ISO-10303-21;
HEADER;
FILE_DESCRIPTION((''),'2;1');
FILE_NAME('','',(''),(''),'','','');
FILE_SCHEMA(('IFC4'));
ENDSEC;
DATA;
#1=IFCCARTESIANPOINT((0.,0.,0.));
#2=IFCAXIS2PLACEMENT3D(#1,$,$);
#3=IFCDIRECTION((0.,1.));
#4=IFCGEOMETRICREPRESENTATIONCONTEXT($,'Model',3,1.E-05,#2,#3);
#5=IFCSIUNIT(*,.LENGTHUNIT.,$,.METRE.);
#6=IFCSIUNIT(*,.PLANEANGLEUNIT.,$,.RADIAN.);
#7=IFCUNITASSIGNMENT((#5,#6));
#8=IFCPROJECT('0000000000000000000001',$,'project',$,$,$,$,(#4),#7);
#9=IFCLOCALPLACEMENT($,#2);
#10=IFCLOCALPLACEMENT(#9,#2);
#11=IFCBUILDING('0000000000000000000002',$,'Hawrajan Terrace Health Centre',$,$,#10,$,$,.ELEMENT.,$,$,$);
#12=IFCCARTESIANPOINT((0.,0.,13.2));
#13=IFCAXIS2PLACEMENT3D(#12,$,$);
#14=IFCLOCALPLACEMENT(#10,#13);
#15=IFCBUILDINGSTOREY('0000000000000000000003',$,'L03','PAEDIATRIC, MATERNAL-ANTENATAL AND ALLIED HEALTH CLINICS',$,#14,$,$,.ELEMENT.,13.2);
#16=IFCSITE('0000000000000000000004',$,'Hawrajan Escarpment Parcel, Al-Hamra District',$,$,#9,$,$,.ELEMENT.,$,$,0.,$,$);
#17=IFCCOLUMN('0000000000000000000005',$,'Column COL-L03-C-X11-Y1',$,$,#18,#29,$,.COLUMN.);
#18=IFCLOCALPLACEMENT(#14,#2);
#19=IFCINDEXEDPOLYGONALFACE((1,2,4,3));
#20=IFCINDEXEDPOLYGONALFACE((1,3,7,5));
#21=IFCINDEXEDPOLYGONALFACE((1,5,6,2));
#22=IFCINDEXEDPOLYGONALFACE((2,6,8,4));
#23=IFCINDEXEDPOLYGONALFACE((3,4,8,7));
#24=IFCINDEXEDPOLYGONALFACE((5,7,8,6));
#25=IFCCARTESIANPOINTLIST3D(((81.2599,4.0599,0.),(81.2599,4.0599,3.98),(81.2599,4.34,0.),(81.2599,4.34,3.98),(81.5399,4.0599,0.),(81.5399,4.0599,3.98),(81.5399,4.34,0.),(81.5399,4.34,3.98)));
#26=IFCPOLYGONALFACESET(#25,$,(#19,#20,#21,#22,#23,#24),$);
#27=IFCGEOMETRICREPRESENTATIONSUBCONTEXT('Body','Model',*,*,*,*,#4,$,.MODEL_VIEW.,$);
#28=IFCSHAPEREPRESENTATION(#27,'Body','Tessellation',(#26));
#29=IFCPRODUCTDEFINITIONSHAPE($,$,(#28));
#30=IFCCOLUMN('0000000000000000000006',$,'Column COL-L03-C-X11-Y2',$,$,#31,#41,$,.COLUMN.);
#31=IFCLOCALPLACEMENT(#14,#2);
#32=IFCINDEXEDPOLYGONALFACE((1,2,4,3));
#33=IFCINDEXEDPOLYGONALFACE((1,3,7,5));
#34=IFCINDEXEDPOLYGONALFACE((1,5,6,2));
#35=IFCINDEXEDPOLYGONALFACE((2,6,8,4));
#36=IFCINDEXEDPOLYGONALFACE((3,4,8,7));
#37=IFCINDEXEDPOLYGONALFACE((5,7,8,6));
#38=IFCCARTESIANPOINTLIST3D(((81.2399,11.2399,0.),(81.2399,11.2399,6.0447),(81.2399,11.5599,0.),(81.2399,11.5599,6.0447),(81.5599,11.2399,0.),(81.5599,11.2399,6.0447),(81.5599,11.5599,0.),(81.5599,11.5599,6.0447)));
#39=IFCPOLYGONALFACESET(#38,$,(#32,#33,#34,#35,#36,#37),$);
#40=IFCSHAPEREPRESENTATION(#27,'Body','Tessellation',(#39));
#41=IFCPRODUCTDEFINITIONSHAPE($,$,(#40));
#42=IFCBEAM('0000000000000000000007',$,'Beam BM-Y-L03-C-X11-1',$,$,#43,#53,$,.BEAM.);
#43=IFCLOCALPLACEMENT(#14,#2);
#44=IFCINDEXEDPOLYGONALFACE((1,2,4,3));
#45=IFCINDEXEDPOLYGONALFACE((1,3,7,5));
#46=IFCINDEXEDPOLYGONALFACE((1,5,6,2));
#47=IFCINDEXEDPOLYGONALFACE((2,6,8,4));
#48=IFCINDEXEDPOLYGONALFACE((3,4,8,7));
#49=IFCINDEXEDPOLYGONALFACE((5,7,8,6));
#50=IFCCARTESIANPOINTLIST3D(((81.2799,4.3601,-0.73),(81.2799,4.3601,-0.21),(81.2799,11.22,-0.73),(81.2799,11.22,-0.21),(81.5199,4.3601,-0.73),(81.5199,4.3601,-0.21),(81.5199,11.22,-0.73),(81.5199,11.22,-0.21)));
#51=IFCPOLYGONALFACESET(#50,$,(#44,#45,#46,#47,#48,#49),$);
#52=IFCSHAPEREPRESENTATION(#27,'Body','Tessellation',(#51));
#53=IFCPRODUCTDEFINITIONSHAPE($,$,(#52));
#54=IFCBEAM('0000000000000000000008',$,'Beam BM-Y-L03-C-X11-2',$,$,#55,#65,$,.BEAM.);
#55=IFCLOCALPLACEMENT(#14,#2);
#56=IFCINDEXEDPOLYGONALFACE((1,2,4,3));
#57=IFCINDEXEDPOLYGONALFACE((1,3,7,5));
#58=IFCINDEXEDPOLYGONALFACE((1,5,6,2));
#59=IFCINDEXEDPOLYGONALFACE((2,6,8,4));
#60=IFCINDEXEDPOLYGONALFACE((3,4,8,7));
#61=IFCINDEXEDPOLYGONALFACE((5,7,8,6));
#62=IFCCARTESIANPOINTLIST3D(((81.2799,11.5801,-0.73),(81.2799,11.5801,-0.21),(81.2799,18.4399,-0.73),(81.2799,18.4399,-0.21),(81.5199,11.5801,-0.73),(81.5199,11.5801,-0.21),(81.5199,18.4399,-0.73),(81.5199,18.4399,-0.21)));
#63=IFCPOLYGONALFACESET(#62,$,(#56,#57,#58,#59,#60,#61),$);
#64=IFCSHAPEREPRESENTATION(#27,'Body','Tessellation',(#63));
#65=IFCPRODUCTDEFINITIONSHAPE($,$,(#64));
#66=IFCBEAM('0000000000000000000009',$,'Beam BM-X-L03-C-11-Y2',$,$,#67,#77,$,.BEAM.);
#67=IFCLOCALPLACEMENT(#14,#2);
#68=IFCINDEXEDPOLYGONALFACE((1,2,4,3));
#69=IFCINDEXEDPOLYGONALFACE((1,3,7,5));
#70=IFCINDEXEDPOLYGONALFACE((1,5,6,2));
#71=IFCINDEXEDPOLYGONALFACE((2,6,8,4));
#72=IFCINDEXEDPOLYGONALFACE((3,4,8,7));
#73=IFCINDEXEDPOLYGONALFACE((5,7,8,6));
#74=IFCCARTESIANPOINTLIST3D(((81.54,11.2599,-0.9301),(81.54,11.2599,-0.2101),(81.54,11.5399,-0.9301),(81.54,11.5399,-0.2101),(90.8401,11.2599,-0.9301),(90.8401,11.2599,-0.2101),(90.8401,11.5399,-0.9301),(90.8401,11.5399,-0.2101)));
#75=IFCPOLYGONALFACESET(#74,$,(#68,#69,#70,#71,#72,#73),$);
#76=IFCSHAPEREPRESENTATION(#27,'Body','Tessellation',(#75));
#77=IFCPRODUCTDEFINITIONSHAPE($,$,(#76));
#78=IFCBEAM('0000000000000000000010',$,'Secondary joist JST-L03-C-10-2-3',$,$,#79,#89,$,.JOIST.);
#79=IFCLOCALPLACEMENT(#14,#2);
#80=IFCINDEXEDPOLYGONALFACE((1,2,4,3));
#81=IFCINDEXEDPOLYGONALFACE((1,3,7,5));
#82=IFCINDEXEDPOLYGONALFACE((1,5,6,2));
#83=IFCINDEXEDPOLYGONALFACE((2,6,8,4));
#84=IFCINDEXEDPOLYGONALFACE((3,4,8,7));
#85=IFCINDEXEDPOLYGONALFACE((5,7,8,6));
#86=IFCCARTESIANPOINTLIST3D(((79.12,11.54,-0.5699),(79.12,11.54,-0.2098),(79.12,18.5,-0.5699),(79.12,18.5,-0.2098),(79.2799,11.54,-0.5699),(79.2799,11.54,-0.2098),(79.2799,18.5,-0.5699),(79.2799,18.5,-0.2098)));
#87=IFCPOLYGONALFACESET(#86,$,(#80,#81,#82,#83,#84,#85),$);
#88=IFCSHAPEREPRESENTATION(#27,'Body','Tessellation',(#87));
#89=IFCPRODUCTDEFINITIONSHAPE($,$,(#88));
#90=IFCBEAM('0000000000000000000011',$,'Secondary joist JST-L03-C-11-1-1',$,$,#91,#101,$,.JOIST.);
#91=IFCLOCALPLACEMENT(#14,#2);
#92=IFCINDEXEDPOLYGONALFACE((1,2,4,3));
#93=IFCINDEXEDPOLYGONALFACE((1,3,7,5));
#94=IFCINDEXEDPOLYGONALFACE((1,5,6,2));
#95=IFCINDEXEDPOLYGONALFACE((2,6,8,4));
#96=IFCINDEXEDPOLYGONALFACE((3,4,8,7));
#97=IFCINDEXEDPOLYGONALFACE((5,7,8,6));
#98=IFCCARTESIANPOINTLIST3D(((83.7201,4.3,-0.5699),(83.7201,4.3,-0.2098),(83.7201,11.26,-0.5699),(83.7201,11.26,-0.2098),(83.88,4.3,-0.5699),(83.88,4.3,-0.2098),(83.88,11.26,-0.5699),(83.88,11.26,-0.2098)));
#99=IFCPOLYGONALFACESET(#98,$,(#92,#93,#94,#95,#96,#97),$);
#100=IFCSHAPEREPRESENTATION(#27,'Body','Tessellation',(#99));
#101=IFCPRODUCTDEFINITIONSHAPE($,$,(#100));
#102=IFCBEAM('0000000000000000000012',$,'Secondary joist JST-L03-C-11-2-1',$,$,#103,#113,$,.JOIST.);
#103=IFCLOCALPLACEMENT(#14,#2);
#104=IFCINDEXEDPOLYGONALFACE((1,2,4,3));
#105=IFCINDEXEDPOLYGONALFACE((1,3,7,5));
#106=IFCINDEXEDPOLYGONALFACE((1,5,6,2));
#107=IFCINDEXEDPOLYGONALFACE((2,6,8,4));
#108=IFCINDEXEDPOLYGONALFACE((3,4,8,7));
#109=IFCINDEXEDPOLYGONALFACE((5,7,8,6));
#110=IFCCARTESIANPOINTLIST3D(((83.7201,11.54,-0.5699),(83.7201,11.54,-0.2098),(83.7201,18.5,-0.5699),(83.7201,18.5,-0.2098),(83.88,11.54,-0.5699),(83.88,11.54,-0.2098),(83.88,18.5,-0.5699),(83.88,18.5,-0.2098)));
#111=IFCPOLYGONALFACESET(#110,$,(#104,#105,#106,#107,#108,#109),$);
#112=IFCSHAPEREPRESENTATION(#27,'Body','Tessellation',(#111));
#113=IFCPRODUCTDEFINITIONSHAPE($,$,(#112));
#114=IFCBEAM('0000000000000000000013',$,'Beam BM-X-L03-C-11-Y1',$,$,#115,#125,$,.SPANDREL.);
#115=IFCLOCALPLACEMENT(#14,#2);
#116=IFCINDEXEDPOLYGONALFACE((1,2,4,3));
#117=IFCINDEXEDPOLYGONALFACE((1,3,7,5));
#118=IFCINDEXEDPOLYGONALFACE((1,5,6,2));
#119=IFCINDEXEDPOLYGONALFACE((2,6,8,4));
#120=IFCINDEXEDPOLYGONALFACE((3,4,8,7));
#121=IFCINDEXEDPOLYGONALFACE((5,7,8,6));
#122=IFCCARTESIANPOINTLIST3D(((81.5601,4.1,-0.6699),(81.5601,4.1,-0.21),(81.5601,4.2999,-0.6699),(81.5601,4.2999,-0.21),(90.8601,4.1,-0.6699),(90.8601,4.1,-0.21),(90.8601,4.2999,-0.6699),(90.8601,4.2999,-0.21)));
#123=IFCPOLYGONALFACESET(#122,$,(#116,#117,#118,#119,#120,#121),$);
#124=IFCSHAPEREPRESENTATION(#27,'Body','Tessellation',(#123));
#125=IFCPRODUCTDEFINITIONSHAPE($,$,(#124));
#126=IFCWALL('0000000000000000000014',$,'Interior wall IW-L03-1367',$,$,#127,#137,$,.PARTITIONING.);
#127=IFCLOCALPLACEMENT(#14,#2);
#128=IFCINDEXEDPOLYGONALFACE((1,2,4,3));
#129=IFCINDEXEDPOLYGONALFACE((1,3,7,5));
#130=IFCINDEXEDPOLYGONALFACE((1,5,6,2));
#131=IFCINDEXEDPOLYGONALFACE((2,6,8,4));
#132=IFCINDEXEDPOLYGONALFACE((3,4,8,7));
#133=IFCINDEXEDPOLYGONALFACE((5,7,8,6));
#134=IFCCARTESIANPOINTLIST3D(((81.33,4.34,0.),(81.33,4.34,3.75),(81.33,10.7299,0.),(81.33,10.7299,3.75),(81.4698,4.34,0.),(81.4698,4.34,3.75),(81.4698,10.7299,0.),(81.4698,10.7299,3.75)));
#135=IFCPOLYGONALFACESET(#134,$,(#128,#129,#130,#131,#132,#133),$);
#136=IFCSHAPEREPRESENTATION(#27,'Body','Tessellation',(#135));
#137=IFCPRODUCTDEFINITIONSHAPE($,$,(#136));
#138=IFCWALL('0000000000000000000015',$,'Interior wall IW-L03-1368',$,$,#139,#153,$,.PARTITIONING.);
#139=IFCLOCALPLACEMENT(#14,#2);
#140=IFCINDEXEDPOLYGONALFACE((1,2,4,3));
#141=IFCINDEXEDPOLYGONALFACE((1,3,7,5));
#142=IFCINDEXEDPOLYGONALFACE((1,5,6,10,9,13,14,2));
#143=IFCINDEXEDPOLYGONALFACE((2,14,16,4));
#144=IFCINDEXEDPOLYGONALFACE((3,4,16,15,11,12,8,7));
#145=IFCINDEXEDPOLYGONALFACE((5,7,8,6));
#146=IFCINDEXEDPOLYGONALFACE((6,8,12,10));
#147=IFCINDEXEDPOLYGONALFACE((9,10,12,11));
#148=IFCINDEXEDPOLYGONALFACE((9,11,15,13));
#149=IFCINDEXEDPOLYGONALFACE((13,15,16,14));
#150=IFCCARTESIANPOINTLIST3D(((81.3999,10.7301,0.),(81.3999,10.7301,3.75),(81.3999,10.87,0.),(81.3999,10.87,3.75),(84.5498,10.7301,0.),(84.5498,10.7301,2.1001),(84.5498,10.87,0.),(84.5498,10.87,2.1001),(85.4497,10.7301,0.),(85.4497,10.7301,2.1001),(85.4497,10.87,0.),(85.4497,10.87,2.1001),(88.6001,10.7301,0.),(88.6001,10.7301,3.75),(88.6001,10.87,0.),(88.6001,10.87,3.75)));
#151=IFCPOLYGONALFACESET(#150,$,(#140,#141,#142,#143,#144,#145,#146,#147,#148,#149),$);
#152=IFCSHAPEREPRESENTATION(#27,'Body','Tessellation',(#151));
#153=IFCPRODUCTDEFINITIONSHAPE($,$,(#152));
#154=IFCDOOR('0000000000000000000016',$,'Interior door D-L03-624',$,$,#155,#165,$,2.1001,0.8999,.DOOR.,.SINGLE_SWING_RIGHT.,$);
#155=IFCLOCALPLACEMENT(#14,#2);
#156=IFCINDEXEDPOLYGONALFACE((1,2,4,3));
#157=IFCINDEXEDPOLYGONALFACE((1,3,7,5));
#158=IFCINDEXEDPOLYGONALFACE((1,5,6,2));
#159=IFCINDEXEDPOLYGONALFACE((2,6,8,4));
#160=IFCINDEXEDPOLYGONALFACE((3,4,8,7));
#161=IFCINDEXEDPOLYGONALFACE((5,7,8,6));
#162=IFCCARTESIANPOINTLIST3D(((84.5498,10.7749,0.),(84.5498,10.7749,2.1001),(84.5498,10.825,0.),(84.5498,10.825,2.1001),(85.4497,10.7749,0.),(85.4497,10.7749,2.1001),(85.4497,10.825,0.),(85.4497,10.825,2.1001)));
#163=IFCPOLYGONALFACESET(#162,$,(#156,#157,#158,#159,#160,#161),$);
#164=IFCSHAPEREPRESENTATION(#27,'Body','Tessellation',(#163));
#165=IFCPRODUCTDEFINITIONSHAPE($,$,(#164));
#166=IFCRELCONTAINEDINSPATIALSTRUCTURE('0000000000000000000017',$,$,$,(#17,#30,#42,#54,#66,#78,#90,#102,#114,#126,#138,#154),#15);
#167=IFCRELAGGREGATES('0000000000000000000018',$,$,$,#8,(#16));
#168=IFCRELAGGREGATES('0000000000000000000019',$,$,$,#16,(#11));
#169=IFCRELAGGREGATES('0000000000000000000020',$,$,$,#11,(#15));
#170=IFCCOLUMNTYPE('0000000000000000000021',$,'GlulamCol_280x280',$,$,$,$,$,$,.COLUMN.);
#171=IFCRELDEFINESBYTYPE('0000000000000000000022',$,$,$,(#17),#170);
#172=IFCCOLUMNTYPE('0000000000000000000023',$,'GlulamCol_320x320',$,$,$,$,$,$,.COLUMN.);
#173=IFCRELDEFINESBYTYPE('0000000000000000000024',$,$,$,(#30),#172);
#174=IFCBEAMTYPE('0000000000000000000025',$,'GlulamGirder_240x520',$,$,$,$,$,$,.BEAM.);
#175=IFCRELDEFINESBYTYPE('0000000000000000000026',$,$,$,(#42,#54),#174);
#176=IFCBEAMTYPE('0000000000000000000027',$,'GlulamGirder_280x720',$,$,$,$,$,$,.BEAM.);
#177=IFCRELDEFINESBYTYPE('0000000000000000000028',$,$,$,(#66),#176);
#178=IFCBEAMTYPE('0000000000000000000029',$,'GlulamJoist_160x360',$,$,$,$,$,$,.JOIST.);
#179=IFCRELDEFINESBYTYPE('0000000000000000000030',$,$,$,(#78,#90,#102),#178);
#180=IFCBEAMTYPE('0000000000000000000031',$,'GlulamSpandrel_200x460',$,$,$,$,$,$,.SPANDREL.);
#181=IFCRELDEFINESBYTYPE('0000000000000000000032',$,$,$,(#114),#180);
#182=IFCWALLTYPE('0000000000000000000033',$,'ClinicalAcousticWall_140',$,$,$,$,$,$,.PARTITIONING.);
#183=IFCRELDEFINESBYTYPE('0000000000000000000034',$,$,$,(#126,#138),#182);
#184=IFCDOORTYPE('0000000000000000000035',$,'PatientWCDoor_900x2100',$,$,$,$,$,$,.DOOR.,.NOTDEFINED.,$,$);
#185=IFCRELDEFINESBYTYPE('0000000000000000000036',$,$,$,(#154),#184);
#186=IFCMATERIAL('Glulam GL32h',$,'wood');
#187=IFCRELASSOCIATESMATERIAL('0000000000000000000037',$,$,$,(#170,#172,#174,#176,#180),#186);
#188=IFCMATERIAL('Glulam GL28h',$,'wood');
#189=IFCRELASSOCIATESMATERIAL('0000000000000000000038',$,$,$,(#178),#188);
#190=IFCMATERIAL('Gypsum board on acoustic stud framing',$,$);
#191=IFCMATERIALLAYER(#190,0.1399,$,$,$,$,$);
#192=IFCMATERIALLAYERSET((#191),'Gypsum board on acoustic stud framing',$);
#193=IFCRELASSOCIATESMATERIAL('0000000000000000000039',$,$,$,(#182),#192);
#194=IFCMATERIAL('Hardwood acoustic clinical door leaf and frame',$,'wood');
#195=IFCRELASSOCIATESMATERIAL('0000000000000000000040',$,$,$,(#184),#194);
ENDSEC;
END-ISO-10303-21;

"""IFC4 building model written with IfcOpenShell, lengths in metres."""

from ifc_helpers import new_model, si_unit, direction, frame, frame_2d, origin, origin_2d, place, context, subcontext, project, spatial, rectangle, extrude, material, layer, layer_set, material_profile, profile_set, type_object, element, fill, save


model = new_model("IFC4")

# Units and contexts
model_context = context("Model", 3, precision=1e-05, world=origin(), true_north=direction((0.0, 1.0)))
body_context = subcontext(model_context, "Body", "Model", "MODEL_VIEW")
ifc_project = project(units=[si_unit("LENGTHUNIT", "METRE"), si_unit("PLANEANGLEUNIT", "RADIAN")], contexts=[model_context])

# Site, building, storey
site_placement = place(None, origin())
site = spatial("IfcSite", under=ifc_project, at=site_placement, Name="Hawrajan Escarpment Parcel, Al-Hamra District", CompositionType="ELEMENT", RefElevation=0.0)
building_placement = place(site_placement, origin())
building = spatial("IfcBuilding", under=site, at=building_placement, Name="Hawrajan Terrace Health Centre", CompositionType="ELEMENT")
storey_placement = place(building_placement, frame((0.0, 0.0, 13.2)))
storey = spatial("IfcBuildingStorey", under=building, at=storey_placement, Name="L03", Description="PAEDIATRIC, MATERNAL-ANTENATAL AND ALLIED HEALTH CLINICS", CompositionType="ELEMENT", Elevation=13.2)

# Columns
ifc_material_1 = material(Name="Glulam GL32h", Category="wood")
ifc_material_profile_1 = material_profile(ifc_material_1, rectangle(XDim=0.28, YDim=0.28, at=origin_2d()), Name="GL 280x280")
ifc_profile_set_1 = profile_set([ifc_material_profile_1], Name="Glulam GL32h")
column_type_1 = type_object("IfcColumnType", Name="GlulamCol_280x280", PredefinedType="COLUMN", material=ifc_profile_set_1)
column_1_placement = place(storey_placement, frame((81.3999, 4.2, 0.0), z_axis=(0.0, 0.0, 1.0), x_axis=(1.0, 0.0, 0.0)))
element("IfcColumn", 1, at=column_1_placement, inside=storey, type_object=column_type_1, Name="Column COL-L03-C-X11-Y1", PredefinedType="COLUMN", context=body_context, shape_type="SweptSolid", body=[
    extrude(rectangle(XDim=0.28, YDim=0.28, at=origin_2d()), origin(), (0.0, 0.0, 1.0), 3.98),
])
ifc_material_profile_2 = material_profile(ifc_material_1, rectangle(XDim=0.3201, YDim=0.3201, at=origin_2d()), Name="GL 320x320")
ifc_profile_set_2 = profile_set([ifc_material_profile_2], Name="Glulam GL32h")
column_type_2 = type_object("IfcColumnType", Name="GlulamCol_320x320", PredefinedType="COLUMN", material=ifc_profile_set_2)
column_2_placement = place(storey_placement, frame((81.3999, 11.3999, 0.0), z_axis=(0.0, 0.0, 1.0), x_axis=(1.0, 0.0, 0.0)))
element("IfcColumn", 2, at=column_2_placement, inside=storey, type_object=column_type_2, Name="Column COL-L03-C-X11-Y2", PredefinedType="COLUMN", context=body_context, shape_type="SweptSolid", body=[
    extrude(rectangle(XDim=0.3201, YDim=0.3201, at=origin_2d()), origin(), (0.0, 0.0, 1.0), 6.0447),
])

# Beams
ifc_material_profile_3 = material_profile(ifc_material_1, rectangle(XDim=0.24, YDim=0.52, at=origin_2d()), Name="GL BM 240x520")
ifc_profile_set_3 = profile_set([ifc_material_profile_3], Name="Glulam GL32h")
beam_type_1 = type_object("IfcBeamType", Name="GlulamGirder_240x520", PredefinedType="BEAM", material=ifc_profile_set_3)
for number, where, z_axis, x_axis, name in (
    (3, (81.3999, 4.3601, -0.47), (0.0, 1.0, 0.0), (-1.0, 0.0, 0.0), "Beam BM-Y-L03-C-X11-1"),
    (4, (81.3999, 11.5801, -0.47), (0.0, 1.0, 0.0), (-1.0, 0.0, 0.0), "Beam BM-Y-L03-C-X11-2"),
):
    element("IfcBeam", number, at=place(storey_placement, frame(where, z_axis=z_axis, x_axis=x_axis)), inside=storey, type_object=beam_type_1, Name=name, PredefinedType="BEAM", context=body_context, shape_type="SweptSolid", body=[
        extrude(rectangle(XDim=0.24, YDim=0.52, at=origin_2d()), origin(), (0.0, 0.0, 1.0), 6.8599),
    ])
ifc_material_profile_4 = material_profile(ifc_material_1, rectangle(XDim=0.28, YDim=0.72, at=origin_2d()), Name="GL BM 280x720")
ifc_profile_set_4 = profile_set([ifc_material_profile_4], Name="Glulam GL32h")
beam_type_2 = type_object("IfcBeamType", Name="GlulamGirder_280x720", PredefinedType="BEAM", material=ifc_profile_set_4)
beam_1_placement = place(storey_placement, frame((81.54, 11.3999, -0.5701), z_axis=(1.0, 0.0, 0.0), x_axis=(0.0, 1.0, 0.0)))
element("IfcBeam", 5, at=beam_1_placement, inside=storey, type_object=beam_type_2, Name="Beam BM-X-L03-C-11-Y2", PredefinedType="BEAM", context=body_context, shape_type="SweptSolid", body=[
    extrude(rectangle(XDim=0.28, YDim=0.72, at=origin_2d()), origin(), (0.0, 0.0, 1.0), 9.3),
])
ifc_material_2 = material(Name="Glulam GL28h", Category="wood")
ifc_material_profile_5 = material_profile(ifc_material_2, rectangle(XDim=0.1599, YDim=0.3601, at=origin_2d()), Name="GL JST 160x360")
ifc_profile_set_5 = profile_set([ifc_material_profile_5], Name="Glulam GL28h")
beam_type_3 = type_object("IfcBeamType", Name="GlulamJoist_160x360", PredefinedType="JOIST", material=ifc_profile_set_5)
for number, where, z_axis, x_axis, name in (
    (6, (79.2, 11.54, -0.3899), (0.0, 1.0, 0.0), (-1.0, 0.0, 0.0), "Secondary joist JST-L03-C-10-2-3"),
    (7, (83.8, 4.3, -0.3899), (0.0, 1.0, 0.0), (-1.0, 0.0, 0.0), "Secondary joist JST-L03-C-11-1-1"),
    (8, (83.8, 11.54, -0.3899), (0.0, 1.0, 0.0), (-1.0, 0.0, 0.0), "Secondary joist JST-L03-C-11-2-1"),
):
    element("IfcBeam", number, at=place(storey_placement, frame(where, z_axis=z_axis, x_axis=x_axis)), inside=storey, type_object=beam_type_3, Name=name, PredefinedType="JOIST", context=body_context, shape_type="SweptSolid", body=[
        extrude(rectangle(XDim=0.1599, YDim=0.3601, at=origin_2d()), origin(), (0.0, 0.0, 1.0), 6.96),
    ])
ifc_material_profile_6 = material_profile(ifc_material_1, rectangle(XDim=0.2, YDim=0.46, at=origin_2d()), Name="GL SP 200x460")
ifc_profile_set_6 = profile_set([ifc_material_profile_6], Name="Glulam GL32h")
beam_type_4 = type_object("IfcBeamType", Name="GlulamSpandrel_200x460", PredefinedType="SPANDREL", material=ifc_profile_set_6)
beam_2_placement = place(storey_placement, frame((81.5601, 4.2, -0.4399), z_axis=(1.0, 0.0, 0.0), x_axis=(0.0, 1.0, 0.0)))
element("IfcBeam", 9, at=beam_2_placement, inside=storey, type_object=beam_type_4, Name="Beam BM-X-L03-C-11-Y1", PredefinedType="SPANDREL", context=body_context, shape_type="SweptSolid", body=[
    extrude(rectangle(XDim=0.2, YDim=0.46, at=origin_2d()), origin(), (0.0, 0.0, 1.0), 9.3),
])

# Wall
ifc_material_3 = material(Name="Gypsum board on acoustic stud framing")
ifc_layer_1 = layer(ifc_material_3, 0.1399)
ifc_layer_set_1 = layer_set([ifc_layer_1], Name="Gypsum board on acoustic stud framing")
wall_type_1 = type_object("IfcWallType", Name="ClinicalAcousticWall_140", PredefinedType="PARTITIONING", material=ifc_layer_set_1)
wall_1_placement = place(storey_placement, frame((81.3999, 4.3401, 0.0), z_axis=(0.0, 0.0, 1.0), x_axis=(0.0, 1.0, 0.0)))
element("IfcWall", 10, at=wall_1_placement, inside=storey, type_object=wall_type_1, Name="Interior wall IW-L03-1367", PredefinedType="PARTITIONING", context=body_context, shape_type="SweptSolid", body=[
    extrude(rectangle(XDim=6.3899, YDim=0.1399, at=frame_2d((3.1948, 0.0))), origin(), (0.0, 0.0, 1.0), 3.75),
])

# Wall, opening, door
wall_2_placement = place(storey_placement, frame((81.3999, 10.8, 0.0), z_axis=(0.0, 0.0, 1.0), x_axis=(1.0, 0.0, 0.0)))
wall_2 = element("IfcWall", 11, at=wall_2_placement, inside=storey, type_object=wall_type_1, Name="Interior wall IW-L03-1368", PredefinedType="PARTITIONING", context=body_context, shape_type="SweptSolid", body=[
    extrude(rectangle(XDim=7.2002, YDim=0.1399, at=frame_2d((3.6001, 0.0))), origin(), (0.0, 0.0, 1.0), 3.75),
])
opening_1_placement = place(wall_2_placement, frame((3.1499, 0.0, 0.0)))
opening_1 = element("IfcOpeningElement", 12, at=opening_1_placement, cuts=wall_2, PredefinedType="OPENING", context=body_context, shape_type="SweptSolid", body=[
    extrude(rectangle(XDim=0.8999, YDim=2.1001, at=frame_2d((0.45, 1.05))), frame((0.0, 0.0798, 0.0), z_axis=(0.0, -1.0, 0.0), x_axis=(1.0, 0.0, 0.0)), (0.0, 0.0, 1.0), 0.1599),
])
ifc_material_4 = material(Name="Hardwood acoustic clinical door leaf and frame", Category="wood")
door_type_1 = type_object("IfcDoorType", Name="PatientWCDoor_900x2100", OperationType="NOTDEFINED", PredefinedType="DOOR", material=ifc_material_4)
door_1_placement = place(opening_1_placement, origin())
door_1 = element("IfcDoor", 13, at=door_1_placement, inside=storey, type_object=door_type_1, Name="Interior door D-L03-624", OperationType="SINGLE_SWING_RIGHT", OverallHeight=2.1001, OverallWidth=0.8999, PredefinedType="DOOR", context=body_context, shape_type="SweptSolid", body=[
    extrude(rectangle(XDim=0.8999, YDim=2.1001, at=frame_2d((0.45, 1.05))), frame((0.0, 0.0249, 0.0), z_axis=(0.0, -1.0, 0.0), x_axis=(1.0, 0.0, 0.0)), (0.0, 0.0, 1.0), 0.05),
])
fill(opening_1, door_1)

save(model, "model.ifc")
